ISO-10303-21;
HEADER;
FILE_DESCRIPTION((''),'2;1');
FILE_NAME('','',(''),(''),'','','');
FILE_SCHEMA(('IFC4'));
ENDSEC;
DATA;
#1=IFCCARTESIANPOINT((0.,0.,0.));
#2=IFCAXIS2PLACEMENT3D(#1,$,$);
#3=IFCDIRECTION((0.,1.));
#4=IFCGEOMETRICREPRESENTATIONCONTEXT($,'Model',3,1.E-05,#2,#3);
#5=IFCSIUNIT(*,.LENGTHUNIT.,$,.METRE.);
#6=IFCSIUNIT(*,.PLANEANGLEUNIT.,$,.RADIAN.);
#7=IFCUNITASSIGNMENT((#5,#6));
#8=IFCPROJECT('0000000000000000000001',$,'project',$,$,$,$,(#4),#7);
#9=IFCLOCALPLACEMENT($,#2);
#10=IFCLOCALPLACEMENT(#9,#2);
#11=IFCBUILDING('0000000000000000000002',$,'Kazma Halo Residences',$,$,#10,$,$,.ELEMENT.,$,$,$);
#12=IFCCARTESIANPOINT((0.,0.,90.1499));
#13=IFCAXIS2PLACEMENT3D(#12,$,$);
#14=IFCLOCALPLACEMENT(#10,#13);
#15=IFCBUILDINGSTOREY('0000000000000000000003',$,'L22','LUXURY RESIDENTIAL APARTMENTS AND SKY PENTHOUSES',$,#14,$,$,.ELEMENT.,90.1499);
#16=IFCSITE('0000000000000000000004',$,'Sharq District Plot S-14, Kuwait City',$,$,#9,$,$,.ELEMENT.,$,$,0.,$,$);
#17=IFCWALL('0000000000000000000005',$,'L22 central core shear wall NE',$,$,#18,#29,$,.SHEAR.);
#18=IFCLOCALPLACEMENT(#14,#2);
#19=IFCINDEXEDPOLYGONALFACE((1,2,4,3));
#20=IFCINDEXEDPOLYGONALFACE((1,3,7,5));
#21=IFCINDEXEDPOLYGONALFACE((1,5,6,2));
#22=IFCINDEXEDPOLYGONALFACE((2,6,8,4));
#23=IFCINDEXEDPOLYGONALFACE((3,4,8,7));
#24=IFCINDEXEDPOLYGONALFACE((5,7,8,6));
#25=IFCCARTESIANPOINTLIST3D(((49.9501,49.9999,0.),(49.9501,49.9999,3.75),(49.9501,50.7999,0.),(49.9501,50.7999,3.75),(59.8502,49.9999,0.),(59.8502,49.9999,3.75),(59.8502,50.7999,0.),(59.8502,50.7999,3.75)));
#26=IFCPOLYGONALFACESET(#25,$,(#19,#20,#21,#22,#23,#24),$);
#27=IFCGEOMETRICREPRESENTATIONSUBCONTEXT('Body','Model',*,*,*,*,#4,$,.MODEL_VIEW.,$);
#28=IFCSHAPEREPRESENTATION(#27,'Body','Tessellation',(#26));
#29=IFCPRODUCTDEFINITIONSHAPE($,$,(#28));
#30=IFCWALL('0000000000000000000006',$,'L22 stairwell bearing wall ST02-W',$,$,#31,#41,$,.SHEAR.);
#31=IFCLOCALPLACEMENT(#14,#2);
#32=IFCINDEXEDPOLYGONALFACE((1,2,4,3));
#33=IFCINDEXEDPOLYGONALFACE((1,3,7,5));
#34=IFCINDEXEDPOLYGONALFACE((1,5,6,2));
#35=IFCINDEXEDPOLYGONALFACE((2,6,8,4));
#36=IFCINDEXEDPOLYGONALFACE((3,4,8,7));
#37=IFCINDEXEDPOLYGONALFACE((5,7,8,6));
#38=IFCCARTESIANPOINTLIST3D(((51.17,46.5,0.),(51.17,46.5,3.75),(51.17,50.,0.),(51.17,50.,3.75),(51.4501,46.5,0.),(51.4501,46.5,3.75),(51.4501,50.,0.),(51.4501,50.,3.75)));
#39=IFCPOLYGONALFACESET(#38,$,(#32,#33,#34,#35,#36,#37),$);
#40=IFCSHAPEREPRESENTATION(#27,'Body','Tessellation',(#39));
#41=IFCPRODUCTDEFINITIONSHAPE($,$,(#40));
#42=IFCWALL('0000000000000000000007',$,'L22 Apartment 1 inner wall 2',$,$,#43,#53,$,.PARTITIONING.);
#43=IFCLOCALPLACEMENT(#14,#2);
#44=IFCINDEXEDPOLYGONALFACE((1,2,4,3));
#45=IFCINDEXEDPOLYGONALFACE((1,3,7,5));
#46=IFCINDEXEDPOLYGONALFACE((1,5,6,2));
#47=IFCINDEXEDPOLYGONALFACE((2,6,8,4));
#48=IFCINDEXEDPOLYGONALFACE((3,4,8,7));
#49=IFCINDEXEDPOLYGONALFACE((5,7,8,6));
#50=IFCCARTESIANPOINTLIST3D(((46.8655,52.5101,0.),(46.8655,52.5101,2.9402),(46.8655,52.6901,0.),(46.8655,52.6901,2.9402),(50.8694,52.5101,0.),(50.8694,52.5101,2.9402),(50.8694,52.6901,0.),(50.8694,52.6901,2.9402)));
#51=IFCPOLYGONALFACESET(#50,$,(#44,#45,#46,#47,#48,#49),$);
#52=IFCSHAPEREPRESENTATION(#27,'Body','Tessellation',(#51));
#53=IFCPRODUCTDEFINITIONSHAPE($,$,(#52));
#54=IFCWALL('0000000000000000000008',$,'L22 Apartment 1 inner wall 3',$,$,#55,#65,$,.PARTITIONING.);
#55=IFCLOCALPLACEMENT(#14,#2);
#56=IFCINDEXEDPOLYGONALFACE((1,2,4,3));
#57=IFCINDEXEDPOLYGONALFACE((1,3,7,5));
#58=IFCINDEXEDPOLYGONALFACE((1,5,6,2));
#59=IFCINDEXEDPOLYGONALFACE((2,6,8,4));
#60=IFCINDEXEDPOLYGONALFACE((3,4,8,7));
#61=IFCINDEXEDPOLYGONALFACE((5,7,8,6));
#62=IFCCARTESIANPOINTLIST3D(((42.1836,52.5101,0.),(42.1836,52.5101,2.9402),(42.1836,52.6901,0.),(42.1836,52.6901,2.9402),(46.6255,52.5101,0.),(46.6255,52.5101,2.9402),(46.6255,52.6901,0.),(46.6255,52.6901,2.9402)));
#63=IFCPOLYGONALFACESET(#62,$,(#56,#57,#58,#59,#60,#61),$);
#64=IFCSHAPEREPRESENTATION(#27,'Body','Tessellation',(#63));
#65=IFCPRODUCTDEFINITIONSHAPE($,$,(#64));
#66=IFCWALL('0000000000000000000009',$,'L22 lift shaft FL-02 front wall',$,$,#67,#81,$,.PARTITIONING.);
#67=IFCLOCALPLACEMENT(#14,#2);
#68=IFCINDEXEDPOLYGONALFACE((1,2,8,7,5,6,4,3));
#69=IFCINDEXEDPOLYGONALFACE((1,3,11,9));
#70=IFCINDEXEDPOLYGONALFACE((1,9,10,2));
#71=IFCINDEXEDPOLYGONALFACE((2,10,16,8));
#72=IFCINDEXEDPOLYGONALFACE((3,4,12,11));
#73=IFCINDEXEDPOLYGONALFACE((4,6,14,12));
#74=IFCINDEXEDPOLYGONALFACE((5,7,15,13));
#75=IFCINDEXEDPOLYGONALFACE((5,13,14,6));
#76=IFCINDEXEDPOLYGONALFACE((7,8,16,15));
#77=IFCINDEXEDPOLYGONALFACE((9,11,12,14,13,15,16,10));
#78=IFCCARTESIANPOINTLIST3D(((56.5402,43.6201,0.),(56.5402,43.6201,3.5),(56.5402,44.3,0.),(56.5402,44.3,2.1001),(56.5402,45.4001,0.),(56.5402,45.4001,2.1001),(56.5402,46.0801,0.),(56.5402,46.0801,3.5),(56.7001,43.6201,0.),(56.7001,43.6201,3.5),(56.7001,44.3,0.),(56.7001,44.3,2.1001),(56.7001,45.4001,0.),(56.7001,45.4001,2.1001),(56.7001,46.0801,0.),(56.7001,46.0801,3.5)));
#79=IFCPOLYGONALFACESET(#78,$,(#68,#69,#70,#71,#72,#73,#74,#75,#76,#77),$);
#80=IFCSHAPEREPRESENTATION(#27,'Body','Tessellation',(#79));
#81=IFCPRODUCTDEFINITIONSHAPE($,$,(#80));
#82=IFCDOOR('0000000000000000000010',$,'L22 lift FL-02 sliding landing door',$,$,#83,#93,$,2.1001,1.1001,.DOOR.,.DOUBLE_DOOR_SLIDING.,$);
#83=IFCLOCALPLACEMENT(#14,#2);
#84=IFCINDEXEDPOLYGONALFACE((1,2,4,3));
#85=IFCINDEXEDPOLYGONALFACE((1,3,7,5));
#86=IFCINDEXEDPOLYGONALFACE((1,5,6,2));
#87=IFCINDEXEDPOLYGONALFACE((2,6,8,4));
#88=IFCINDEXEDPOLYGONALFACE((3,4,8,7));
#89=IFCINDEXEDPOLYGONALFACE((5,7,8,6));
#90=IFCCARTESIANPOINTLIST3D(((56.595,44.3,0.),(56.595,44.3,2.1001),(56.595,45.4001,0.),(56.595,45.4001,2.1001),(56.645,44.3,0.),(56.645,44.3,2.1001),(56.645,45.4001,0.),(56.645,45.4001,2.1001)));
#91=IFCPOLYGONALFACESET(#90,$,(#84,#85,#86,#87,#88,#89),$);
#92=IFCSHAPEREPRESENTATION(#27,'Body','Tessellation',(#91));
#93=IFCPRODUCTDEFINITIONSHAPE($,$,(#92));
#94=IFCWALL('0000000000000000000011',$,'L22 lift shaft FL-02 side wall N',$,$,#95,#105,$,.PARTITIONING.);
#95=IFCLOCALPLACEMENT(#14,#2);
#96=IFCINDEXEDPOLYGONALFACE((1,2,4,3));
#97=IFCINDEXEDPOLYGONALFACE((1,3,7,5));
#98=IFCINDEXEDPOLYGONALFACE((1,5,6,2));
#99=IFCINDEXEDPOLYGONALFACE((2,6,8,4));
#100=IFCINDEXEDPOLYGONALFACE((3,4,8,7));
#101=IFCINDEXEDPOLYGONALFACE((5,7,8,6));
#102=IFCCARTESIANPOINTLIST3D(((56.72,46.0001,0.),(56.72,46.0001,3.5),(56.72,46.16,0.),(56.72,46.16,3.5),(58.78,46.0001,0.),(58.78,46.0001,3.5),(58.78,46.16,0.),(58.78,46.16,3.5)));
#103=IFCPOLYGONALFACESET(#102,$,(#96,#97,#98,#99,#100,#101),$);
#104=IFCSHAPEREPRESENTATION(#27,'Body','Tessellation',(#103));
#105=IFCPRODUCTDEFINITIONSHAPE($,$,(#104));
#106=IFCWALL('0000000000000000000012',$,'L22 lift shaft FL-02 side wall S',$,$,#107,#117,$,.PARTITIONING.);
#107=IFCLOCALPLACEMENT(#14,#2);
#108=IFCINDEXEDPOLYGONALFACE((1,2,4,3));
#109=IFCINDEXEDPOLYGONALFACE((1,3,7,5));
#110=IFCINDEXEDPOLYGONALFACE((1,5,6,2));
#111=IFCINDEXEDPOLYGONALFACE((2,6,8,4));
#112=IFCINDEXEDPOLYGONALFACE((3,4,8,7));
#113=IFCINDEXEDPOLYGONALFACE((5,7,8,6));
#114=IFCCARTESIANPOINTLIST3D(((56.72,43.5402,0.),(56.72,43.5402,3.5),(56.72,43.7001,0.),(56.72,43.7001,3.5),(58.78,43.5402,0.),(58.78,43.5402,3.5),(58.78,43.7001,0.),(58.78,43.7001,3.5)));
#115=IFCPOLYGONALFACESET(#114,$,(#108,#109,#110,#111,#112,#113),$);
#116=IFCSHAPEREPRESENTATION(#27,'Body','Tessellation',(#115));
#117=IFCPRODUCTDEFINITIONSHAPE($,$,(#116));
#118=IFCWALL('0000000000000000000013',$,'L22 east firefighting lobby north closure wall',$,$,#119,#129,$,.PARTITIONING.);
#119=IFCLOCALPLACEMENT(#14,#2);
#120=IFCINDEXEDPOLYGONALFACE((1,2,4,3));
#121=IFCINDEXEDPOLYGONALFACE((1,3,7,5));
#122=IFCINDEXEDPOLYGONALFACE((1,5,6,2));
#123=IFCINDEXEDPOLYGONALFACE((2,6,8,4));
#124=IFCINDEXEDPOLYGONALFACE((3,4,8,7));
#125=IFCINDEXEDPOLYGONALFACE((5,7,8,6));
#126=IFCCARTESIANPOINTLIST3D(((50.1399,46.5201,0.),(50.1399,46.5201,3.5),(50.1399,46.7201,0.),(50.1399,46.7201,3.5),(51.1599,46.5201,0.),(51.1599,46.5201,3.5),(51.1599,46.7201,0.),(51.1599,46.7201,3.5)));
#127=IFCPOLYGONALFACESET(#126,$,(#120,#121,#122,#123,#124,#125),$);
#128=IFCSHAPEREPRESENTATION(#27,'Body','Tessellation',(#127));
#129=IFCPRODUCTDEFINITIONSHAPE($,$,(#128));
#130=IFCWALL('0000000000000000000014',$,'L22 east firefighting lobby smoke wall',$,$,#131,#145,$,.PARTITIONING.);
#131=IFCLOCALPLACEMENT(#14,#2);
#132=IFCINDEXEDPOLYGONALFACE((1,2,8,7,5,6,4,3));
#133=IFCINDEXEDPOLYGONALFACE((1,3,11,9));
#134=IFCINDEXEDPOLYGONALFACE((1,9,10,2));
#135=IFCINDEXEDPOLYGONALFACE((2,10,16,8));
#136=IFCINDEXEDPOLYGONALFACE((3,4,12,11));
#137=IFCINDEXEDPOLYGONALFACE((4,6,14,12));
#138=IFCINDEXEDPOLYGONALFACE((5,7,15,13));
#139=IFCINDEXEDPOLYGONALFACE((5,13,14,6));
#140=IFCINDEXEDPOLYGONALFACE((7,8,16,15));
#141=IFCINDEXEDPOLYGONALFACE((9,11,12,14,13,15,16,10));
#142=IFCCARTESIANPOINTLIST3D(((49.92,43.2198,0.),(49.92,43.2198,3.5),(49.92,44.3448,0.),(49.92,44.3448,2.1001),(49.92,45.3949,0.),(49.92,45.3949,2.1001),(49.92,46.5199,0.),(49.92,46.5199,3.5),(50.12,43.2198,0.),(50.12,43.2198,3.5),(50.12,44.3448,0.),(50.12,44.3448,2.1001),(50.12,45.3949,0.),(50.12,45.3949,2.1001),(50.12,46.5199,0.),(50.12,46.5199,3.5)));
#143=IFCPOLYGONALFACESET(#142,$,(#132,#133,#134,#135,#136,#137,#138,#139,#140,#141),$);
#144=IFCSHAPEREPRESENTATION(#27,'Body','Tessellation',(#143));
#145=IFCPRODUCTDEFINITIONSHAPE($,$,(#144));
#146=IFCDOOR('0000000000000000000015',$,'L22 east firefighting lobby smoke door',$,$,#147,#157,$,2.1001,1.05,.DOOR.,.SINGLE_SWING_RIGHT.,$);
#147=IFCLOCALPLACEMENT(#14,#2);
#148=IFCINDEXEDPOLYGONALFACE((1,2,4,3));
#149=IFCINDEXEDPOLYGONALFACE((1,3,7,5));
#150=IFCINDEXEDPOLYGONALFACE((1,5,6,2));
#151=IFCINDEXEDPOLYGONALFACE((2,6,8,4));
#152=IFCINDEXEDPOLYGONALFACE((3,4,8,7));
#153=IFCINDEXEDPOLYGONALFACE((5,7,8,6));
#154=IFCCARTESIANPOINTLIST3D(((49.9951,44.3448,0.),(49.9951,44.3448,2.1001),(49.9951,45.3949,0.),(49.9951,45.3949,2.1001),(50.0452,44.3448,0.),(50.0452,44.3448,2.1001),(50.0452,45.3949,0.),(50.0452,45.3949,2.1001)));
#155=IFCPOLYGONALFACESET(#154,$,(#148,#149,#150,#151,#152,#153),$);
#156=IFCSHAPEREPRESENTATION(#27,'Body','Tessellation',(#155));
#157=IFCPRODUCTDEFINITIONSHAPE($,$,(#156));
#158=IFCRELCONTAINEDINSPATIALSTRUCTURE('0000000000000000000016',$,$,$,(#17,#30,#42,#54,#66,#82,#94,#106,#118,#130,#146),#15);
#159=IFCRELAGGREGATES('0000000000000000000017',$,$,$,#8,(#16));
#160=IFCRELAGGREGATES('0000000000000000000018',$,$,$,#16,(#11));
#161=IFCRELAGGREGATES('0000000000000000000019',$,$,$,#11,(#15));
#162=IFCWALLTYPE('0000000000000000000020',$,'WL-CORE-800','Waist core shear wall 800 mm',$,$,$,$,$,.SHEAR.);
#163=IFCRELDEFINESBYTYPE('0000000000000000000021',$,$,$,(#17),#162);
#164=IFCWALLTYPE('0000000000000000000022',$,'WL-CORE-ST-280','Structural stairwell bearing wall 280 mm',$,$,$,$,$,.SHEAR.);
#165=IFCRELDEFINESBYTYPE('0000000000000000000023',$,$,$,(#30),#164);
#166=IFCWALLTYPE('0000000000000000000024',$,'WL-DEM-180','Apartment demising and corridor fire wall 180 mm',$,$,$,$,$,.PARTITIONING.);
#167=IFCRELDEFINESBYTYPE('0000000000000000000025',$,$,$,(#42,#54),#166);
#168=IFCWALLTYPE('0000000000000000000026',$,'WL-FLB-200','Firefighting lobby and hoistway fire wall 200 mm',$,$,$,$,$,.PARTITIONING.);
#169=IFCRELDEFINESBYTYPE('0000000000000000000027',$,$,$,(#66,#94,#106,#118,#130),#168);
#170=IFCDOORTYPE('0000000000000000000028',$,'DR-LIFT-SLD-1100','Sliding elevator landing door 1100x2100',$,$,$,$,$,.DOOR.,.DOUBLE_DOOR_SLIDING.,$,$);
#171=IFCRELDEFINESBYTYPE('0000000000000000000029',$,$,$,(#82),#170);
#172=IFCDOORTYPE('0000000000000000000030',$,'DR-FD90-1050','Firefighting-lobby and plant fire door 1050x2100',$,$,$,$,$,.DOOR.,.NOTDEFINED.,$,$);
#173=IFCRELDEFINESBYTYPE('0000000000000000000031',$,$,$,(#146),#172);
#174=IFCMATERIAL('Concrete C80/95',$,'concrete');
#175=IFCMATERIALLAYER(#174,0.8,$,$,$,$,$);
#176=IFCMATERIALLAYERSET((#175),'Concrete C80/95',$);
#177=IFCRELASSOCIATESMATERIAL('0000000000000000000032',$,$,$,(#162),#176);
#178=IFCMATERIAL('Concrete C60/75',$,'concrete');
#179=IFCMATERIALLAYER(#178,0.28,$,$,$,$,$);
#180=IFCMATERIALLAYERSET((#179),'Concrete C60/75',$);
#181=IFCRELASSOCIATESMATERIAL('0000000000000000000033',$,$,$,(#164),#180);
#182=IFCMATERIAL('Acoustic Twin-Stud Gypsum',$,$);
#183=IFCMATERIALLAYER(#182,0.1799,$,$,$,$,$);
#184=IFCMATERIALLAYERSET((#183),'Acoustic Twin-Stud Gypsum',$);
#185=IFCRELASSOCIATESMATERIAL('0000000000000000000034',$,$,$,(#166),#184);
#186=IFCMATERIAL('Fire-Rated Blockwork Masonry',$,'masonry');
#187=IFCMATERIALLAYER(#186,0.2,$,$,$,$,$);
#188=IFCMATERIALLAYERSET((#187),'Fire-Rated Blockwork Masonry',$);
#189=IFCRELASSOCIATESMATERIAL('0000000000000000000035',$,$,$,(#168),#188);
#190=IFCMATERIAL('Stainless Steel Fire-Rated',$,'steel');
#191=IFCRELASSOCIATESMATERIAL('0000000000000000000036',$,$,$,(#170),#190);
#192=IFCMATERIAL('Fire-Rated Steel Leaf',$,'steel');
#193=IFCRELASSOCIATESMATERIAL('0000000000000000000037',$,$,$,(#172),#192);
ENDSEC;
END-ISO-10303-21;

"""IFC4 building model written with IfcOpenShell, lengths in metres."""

from ifc_helpers import new_model, si_unit, direction, frame, frame_2d, origin, place, context, subcontext, project, spatial, rectangle, extrude, material, layer, layer_set, type_object, element, fill, save


model = new_model("IFC4")

# Units and contexts
model_context = context("Model", 3, precision=1e-05, world=origin(), true_north=direction((0.0, 1.0)))
body_context = subcontext(model_context, "Body", "Model", "MODEL_VIEW")
ifc_project = project(units=[si_unit("LENGTHUNIT", "METRE"), si_unit("PLANEANGLEUNIT", "RADIAN")], contexts=[model_context])

# Site, building, storey
site_placement = place(None, origin())
site = spatial("IfcSite", under=ifc_project, at=site_placement, Name="Sharq District Plot S-14, Kuwait City", CompositionType="ELEMENT", RefElevation=0.0)
building_placement = place(site_placement, origin())
building = spatial("IfcBuilding", under=site, at=building_placement, Name="Kazma Halo Residences", CompositionType="ELEMENT")
storey_placement = place(building_placement, frame((0.0, 0.0, 90.1499)))
storey = spatial("IfcBuildingStorey", under=building, at=storey_placement, Name="L22", Description="LUXURY RESIDENTIAL APARTMENTS AND SKY PENTHOUSES", CompositionType="ELEMENT", Elevation=90.1499)

# Walls
ifc_material_1 = material(Name="Concrete C80/95", Category="concrete")
ifc_layer_1 = layer(ifc_material_1, 0.8)
ifc_layer_set_1 = layer_set([ifc_layer_1], Name="Concrete C80/95")
wall_type_1 = type_object("IfcWallType", Name="WL-CORE-800", Description="Waist core shear wall 800 mm", PredefinedType="SHEAR", material=ifc_layer_set_1)
wall_1_placement = place(storey_placement, frame((49.95, 50.3999, 0.0), z_axis=(0.0, 0.0, 1.0), x_axis=(1.0, 0.0, 0.0)))
element("IfcWall", 1, at=wall_1_placement, inside=storey, type_object=wall_type_1, Name="L22 central core shear wall NE", PredefinedType="SHEAR", context=body_context, shape_type="SweptSolid", body=[
    extrude(rectangle(XDim=9.9001, YDim=0.8, at=frame_2d((4.9502, 0.0))), origin(), (0.0, 0.0, 1.0), 3.75),
])
ifc_material_2 = material(Name="Concrete C60/75", Category="concrete")
ifc_layer_2 = layer(ifc_material_2, 0.28)
ifc_layer_set_2 = layer_set([ifc_layer_2], Name="Concrete C60/75")
wall_type_2 = type_object("IfcWallType", Name="WL-CORE-ST-280", Description="Structural stairwell bearing wall 280 mm", PredefinedType="SHEAR", material=ifc_layer_set_2)
wall_2_placement = place(storey_placement, frame((51.3101, 46.5, 0.0), z_axis=(0.0, 0.0, 1.0), x_axis=(0.0, 1.0, 0.0)))
element("IfcWall", 2, at=wall_2_placement, inside=storey, type_object=wall_type_2, Name="L22 stairwell bearing wall ST02-W", PredefinedType="SHEAR", context=body_context, shape_type="SweptSolid", body=[
    extrude(rectangle(XDim=3.5, YDim=0.28, at=frame_2d((1.75, 0.0))), origin(), (0.0, 0.0, 1.0), 3.75),
])
ifc_material_3 = material(Name="Acoustic Twin-Stud Gypsum")
ifc_layer_3 = layer(ifc_material_3, 0.1799)
ifc_layer_set_3 = layer_set([ifc_layer_3], Name="Acoustic Twin-Stud Gypsum")
wall_type_3 = type_object("IfcWallType", Name="WL-DEM-180", Description="Apartment demising and corridor fire wall 180 mm", PredefinedType="PARTITIONING", material=ifc_layer_set_3)
wall_3_placement = place(storey_placement, frame((50.8694, 52.6001, 0.0), z_axis=(0.0, 0.0, 1.0), x_axis=(-1.0, 0.0, 0.0)))
element("IfcWall", 3, at=wall_3_placement, inside=storey, type_object=wall_type_3, Name="L22 Apartment 1 inner wall 2", PredefinedType="PARTITIONING", context=body_context, shape_type="SweptSolid", body=[
    extrude(rectangle(XDim=4.0039, YDim=0.1799, at=frame_2d((2.002, 0.0))), origin(), (0.0, 0.0, 1.0), 2.9402),
])
wall_4_placement = place(storey_placement, frame((46.6255, 52.6001, 0.0), z_axis=(0.0, 0.0, 1.0), x_axis=(-1.0, 0.0, 0.0)))
element("IfcWall", 4, at=wall_4_placement, inside=storey, type_object=wall_type_3, Name="L22 Apartment 1 inner wall 3", PredefinedType="PARTITIONING", context=body_context, shape_type="SweptSolid", body=[
    extrude(rectangle(XDim=4.4419, YDim=0.1799, at=frame_2d((2.2209, 0.0))), origin(), (0.0, 0.0, 1.0), 2.9402),
])

# Wall, opening, door
ifc_material_4 = material(Name="Fire-Rated Blockwork Masonry", Category="masonry")
ifc_layer_4 = layer(ifc_material_4, 0.2)
ifc_layer_set_4 = layer_set([ifc_layer_4], Name="Fire-Rated Blockwork Masonry")
wall_type_4 = type_object("IfcWallType", Name="WL-FLB-200", Description="Firefighting lobby and hoistway fire wall 200 mm", PredefinedType="PARTITIONING", material=ifc_layer_set_4)
wall_5_placement = place(storey_placement, frame((56.6201, 46.0801, 0.0), z_axis=(0.0, 0.0, 1.0), x_axis=(0.0, -1.0, 0.0)))
wall_5 = element("IfcWall", 5, at=wall_5_placement, inside=storey, type_object=wall_type_4, Name="L22 lift shaft FL-02 front wall", PredefinedType="PARTITIONING", context=body_context, shape_type="SweptSolid", body=[
    extrude(rectangle(XDim=2.46, YDim=0.1599, at=frame_2d((1.23, 0.0))), origin(), (0.0, 0.0, 1.0), 3.5),
])
opening_1_placement = place(wall_5_placement, frame((0.6799, 0.0, 0.0)))
opening_1 = element("IfcOpeningElement", 6, at=opening_1_placement, cuts=wall_5, PredefinedType="OPENING", context=body_context, shape_type="SweptSolid", body=[
    extrude(rectangle(XDim=1.1001, YDim=2.1001, at=frame_2d((0.55, 1.05))), frame((0.0, 0.0898, 0.0), z_axis=(0.0, -1.0, 0.0), x_axis=(1.0, 0.0, 0.0)), (0.0, 0.0, 1.0), 0.1799),
])
ifc_material_5 = material(Name="Stainless Steel Fire-Rated", Category="steel")
door_type_1 = type_object("IfcDoorType", Name="DR-LIFT-SLD-1100", Description="Sliding elevator landing door 1100x2100", OperationType="DOUBLE_DOOR_SLIDING", PredefinedType="DOOR", material=ifc_material_5)
door_1_placement = place(opening_1_placement, origin())
door_1 = element("IfcDoor", 7, at=door_1_placement, inside=storey, type_object=door_type_1, Name="L22 lift FL-02 sliding landing door", OperationType="DOUBLE_DOOR_SLIDING", OverallHeight=2.1001, OverallWidth=1.1001, PredefinedType="DOOR", context=body_context, shape_type="SweptSolid", body=[
    extrude(rectangle(XDim=1.1001, YDim=2.1001, at=frame_2d((0.55, 1.05))), frame((0.0, 0.0249, 0.0), z_axis=(0.0, -1.0, 0.0), x_axis=(1.0, 0.0, 0.0)), (0.0, 0.0, 1.0), 0.05),
])
fill(opening_1, door_1)

# Walls
for number, where, z_axis, x_axis, name in (
    (8, (56.72, 46.0801, 0.0), (0.0, 0.0, 1.0), (1.0, 0.0, 0.0), "L22 lift shaft FL-02 side wall N"),
    (9, (56.72, 43.6201, 0.0), (0.0, 0.0, 1.0), (1.0, 0.0, 0.0), "L22 lift shaft FL-02 side wall S"),
):
    element("IfcWall", number, at=place(storey_placement, frame(where, z_axis=z_axis, x_axis=x_axis)), inside=storey, type_object=wall_type_4, Name=name, PredefinedType="PARTITIONING", context=body_context, shape_type="SweptSolid", body=[
        extrude(rectangle(XDim=2.0601, YDim=0.1599, at=frame_2d((1.03, 0.0))), origin(), (0.0, 0.0, 1.0), 3.5),
    ])
wall_6_placement = place(storey_placement, frame((50.1399, 46.6201, 0.0), z_axis=(0.0, 0.0, 1.0), x_axis=(1.0, 0.0, 0.0)))
element("IfcWall", 10, at=wall_6_placement, inside=storey, type_object=wall_type_4, Name="L22 east firefighting lobby north closure wall", PredefinedType="PARTITIONING", context=body_context, shape_type="SweptSolid", body=[
    extrude(rectangle(XDim=1.02, YDim=0.2, at=frame_2d((0.51, 0.0))), origin(), (0.0, 0.0, 1.0), 3.5),
])

# Wall, opening, door
wall_7_placement = place(storey_placement, frame((50.02, 43.22, 0.0), z_axis=(0.0, 0.0, 1.0), x_axis=(0.0, 1.0, 0.0)))
wall_7 = element("IfcWall", 11, at=wall_7_placement, inside=storey, type_object=wall_type_4, Name="L22 east firefighting lobby smoke wall", PredefinedType="PARTITIONING", context=body_context, shape_type="SweptSolid", body=[
    extrude(rectangle(XDim=3.3, YDim=0.2, at=frame_2d((1.6499, 0.0))), origin(), (0.0, 0.0, 1.0), 3.5),
])
opening_2_placement = place(wall_7_placement, frame((1.125, 0.0, 0.0)))
opening_2 = element("IfcOpeningElement", 12, at=opening_2_placement, cuts=wall_7, PredefinedType="OPENING", context=body_context, shape_type="SweptSolid", body=[
    extrude(rectangle(XDim=1.05, YDim=2.1001, at=frame_2d((0.5249, 1.05))), frame((0.0, 0.1099, 0.0), z_axis=(0.0, -1.0, 0.0), x_axis=(1.0, 0.0, 0.0)), (0.0, 0.0, 1.0), 0.22),
])
ifc_material_6 = material(Name="Fire-Rated Steel Leaf", Category="steel")
door_type_2 = type_object("IfcDoorType", Name="DR-FD90-1050", Description="Firefighting-lobby and plant fire door 1050x2100", OperationType="NOTDEFINED", PredefinedType="DOOR", material=ifc_material_6)
door_2_placement = place(opening_2_placement, origin())
door_2 = element("IfcDoor", 13, at=door_2_placement, inside=storey, type_object=door_type_2, Name="L22 east firefighting lobby smoke door", OperationType="SINGLE_SWING_RIGHT", OverallHeight=2.1001, OverallWidth=1.05, PredefinedType="DOOR", context=body_context, shape_type="SweptSolid", body=[
    extrude(rectangle(XDim=1.05, YDim=2.1001, at=frame_2d((0.5249, 1.05))), frame((0.0, 0.0249, 0.0), z_axis=(0.0, -1.0, 0.0), x_axis=(1.0, 0.0, 0.0)), (0.0, 0.0, 1.0), 0.05),
])
fill(opening_2, door_2)

save(model, "model.ifc")
